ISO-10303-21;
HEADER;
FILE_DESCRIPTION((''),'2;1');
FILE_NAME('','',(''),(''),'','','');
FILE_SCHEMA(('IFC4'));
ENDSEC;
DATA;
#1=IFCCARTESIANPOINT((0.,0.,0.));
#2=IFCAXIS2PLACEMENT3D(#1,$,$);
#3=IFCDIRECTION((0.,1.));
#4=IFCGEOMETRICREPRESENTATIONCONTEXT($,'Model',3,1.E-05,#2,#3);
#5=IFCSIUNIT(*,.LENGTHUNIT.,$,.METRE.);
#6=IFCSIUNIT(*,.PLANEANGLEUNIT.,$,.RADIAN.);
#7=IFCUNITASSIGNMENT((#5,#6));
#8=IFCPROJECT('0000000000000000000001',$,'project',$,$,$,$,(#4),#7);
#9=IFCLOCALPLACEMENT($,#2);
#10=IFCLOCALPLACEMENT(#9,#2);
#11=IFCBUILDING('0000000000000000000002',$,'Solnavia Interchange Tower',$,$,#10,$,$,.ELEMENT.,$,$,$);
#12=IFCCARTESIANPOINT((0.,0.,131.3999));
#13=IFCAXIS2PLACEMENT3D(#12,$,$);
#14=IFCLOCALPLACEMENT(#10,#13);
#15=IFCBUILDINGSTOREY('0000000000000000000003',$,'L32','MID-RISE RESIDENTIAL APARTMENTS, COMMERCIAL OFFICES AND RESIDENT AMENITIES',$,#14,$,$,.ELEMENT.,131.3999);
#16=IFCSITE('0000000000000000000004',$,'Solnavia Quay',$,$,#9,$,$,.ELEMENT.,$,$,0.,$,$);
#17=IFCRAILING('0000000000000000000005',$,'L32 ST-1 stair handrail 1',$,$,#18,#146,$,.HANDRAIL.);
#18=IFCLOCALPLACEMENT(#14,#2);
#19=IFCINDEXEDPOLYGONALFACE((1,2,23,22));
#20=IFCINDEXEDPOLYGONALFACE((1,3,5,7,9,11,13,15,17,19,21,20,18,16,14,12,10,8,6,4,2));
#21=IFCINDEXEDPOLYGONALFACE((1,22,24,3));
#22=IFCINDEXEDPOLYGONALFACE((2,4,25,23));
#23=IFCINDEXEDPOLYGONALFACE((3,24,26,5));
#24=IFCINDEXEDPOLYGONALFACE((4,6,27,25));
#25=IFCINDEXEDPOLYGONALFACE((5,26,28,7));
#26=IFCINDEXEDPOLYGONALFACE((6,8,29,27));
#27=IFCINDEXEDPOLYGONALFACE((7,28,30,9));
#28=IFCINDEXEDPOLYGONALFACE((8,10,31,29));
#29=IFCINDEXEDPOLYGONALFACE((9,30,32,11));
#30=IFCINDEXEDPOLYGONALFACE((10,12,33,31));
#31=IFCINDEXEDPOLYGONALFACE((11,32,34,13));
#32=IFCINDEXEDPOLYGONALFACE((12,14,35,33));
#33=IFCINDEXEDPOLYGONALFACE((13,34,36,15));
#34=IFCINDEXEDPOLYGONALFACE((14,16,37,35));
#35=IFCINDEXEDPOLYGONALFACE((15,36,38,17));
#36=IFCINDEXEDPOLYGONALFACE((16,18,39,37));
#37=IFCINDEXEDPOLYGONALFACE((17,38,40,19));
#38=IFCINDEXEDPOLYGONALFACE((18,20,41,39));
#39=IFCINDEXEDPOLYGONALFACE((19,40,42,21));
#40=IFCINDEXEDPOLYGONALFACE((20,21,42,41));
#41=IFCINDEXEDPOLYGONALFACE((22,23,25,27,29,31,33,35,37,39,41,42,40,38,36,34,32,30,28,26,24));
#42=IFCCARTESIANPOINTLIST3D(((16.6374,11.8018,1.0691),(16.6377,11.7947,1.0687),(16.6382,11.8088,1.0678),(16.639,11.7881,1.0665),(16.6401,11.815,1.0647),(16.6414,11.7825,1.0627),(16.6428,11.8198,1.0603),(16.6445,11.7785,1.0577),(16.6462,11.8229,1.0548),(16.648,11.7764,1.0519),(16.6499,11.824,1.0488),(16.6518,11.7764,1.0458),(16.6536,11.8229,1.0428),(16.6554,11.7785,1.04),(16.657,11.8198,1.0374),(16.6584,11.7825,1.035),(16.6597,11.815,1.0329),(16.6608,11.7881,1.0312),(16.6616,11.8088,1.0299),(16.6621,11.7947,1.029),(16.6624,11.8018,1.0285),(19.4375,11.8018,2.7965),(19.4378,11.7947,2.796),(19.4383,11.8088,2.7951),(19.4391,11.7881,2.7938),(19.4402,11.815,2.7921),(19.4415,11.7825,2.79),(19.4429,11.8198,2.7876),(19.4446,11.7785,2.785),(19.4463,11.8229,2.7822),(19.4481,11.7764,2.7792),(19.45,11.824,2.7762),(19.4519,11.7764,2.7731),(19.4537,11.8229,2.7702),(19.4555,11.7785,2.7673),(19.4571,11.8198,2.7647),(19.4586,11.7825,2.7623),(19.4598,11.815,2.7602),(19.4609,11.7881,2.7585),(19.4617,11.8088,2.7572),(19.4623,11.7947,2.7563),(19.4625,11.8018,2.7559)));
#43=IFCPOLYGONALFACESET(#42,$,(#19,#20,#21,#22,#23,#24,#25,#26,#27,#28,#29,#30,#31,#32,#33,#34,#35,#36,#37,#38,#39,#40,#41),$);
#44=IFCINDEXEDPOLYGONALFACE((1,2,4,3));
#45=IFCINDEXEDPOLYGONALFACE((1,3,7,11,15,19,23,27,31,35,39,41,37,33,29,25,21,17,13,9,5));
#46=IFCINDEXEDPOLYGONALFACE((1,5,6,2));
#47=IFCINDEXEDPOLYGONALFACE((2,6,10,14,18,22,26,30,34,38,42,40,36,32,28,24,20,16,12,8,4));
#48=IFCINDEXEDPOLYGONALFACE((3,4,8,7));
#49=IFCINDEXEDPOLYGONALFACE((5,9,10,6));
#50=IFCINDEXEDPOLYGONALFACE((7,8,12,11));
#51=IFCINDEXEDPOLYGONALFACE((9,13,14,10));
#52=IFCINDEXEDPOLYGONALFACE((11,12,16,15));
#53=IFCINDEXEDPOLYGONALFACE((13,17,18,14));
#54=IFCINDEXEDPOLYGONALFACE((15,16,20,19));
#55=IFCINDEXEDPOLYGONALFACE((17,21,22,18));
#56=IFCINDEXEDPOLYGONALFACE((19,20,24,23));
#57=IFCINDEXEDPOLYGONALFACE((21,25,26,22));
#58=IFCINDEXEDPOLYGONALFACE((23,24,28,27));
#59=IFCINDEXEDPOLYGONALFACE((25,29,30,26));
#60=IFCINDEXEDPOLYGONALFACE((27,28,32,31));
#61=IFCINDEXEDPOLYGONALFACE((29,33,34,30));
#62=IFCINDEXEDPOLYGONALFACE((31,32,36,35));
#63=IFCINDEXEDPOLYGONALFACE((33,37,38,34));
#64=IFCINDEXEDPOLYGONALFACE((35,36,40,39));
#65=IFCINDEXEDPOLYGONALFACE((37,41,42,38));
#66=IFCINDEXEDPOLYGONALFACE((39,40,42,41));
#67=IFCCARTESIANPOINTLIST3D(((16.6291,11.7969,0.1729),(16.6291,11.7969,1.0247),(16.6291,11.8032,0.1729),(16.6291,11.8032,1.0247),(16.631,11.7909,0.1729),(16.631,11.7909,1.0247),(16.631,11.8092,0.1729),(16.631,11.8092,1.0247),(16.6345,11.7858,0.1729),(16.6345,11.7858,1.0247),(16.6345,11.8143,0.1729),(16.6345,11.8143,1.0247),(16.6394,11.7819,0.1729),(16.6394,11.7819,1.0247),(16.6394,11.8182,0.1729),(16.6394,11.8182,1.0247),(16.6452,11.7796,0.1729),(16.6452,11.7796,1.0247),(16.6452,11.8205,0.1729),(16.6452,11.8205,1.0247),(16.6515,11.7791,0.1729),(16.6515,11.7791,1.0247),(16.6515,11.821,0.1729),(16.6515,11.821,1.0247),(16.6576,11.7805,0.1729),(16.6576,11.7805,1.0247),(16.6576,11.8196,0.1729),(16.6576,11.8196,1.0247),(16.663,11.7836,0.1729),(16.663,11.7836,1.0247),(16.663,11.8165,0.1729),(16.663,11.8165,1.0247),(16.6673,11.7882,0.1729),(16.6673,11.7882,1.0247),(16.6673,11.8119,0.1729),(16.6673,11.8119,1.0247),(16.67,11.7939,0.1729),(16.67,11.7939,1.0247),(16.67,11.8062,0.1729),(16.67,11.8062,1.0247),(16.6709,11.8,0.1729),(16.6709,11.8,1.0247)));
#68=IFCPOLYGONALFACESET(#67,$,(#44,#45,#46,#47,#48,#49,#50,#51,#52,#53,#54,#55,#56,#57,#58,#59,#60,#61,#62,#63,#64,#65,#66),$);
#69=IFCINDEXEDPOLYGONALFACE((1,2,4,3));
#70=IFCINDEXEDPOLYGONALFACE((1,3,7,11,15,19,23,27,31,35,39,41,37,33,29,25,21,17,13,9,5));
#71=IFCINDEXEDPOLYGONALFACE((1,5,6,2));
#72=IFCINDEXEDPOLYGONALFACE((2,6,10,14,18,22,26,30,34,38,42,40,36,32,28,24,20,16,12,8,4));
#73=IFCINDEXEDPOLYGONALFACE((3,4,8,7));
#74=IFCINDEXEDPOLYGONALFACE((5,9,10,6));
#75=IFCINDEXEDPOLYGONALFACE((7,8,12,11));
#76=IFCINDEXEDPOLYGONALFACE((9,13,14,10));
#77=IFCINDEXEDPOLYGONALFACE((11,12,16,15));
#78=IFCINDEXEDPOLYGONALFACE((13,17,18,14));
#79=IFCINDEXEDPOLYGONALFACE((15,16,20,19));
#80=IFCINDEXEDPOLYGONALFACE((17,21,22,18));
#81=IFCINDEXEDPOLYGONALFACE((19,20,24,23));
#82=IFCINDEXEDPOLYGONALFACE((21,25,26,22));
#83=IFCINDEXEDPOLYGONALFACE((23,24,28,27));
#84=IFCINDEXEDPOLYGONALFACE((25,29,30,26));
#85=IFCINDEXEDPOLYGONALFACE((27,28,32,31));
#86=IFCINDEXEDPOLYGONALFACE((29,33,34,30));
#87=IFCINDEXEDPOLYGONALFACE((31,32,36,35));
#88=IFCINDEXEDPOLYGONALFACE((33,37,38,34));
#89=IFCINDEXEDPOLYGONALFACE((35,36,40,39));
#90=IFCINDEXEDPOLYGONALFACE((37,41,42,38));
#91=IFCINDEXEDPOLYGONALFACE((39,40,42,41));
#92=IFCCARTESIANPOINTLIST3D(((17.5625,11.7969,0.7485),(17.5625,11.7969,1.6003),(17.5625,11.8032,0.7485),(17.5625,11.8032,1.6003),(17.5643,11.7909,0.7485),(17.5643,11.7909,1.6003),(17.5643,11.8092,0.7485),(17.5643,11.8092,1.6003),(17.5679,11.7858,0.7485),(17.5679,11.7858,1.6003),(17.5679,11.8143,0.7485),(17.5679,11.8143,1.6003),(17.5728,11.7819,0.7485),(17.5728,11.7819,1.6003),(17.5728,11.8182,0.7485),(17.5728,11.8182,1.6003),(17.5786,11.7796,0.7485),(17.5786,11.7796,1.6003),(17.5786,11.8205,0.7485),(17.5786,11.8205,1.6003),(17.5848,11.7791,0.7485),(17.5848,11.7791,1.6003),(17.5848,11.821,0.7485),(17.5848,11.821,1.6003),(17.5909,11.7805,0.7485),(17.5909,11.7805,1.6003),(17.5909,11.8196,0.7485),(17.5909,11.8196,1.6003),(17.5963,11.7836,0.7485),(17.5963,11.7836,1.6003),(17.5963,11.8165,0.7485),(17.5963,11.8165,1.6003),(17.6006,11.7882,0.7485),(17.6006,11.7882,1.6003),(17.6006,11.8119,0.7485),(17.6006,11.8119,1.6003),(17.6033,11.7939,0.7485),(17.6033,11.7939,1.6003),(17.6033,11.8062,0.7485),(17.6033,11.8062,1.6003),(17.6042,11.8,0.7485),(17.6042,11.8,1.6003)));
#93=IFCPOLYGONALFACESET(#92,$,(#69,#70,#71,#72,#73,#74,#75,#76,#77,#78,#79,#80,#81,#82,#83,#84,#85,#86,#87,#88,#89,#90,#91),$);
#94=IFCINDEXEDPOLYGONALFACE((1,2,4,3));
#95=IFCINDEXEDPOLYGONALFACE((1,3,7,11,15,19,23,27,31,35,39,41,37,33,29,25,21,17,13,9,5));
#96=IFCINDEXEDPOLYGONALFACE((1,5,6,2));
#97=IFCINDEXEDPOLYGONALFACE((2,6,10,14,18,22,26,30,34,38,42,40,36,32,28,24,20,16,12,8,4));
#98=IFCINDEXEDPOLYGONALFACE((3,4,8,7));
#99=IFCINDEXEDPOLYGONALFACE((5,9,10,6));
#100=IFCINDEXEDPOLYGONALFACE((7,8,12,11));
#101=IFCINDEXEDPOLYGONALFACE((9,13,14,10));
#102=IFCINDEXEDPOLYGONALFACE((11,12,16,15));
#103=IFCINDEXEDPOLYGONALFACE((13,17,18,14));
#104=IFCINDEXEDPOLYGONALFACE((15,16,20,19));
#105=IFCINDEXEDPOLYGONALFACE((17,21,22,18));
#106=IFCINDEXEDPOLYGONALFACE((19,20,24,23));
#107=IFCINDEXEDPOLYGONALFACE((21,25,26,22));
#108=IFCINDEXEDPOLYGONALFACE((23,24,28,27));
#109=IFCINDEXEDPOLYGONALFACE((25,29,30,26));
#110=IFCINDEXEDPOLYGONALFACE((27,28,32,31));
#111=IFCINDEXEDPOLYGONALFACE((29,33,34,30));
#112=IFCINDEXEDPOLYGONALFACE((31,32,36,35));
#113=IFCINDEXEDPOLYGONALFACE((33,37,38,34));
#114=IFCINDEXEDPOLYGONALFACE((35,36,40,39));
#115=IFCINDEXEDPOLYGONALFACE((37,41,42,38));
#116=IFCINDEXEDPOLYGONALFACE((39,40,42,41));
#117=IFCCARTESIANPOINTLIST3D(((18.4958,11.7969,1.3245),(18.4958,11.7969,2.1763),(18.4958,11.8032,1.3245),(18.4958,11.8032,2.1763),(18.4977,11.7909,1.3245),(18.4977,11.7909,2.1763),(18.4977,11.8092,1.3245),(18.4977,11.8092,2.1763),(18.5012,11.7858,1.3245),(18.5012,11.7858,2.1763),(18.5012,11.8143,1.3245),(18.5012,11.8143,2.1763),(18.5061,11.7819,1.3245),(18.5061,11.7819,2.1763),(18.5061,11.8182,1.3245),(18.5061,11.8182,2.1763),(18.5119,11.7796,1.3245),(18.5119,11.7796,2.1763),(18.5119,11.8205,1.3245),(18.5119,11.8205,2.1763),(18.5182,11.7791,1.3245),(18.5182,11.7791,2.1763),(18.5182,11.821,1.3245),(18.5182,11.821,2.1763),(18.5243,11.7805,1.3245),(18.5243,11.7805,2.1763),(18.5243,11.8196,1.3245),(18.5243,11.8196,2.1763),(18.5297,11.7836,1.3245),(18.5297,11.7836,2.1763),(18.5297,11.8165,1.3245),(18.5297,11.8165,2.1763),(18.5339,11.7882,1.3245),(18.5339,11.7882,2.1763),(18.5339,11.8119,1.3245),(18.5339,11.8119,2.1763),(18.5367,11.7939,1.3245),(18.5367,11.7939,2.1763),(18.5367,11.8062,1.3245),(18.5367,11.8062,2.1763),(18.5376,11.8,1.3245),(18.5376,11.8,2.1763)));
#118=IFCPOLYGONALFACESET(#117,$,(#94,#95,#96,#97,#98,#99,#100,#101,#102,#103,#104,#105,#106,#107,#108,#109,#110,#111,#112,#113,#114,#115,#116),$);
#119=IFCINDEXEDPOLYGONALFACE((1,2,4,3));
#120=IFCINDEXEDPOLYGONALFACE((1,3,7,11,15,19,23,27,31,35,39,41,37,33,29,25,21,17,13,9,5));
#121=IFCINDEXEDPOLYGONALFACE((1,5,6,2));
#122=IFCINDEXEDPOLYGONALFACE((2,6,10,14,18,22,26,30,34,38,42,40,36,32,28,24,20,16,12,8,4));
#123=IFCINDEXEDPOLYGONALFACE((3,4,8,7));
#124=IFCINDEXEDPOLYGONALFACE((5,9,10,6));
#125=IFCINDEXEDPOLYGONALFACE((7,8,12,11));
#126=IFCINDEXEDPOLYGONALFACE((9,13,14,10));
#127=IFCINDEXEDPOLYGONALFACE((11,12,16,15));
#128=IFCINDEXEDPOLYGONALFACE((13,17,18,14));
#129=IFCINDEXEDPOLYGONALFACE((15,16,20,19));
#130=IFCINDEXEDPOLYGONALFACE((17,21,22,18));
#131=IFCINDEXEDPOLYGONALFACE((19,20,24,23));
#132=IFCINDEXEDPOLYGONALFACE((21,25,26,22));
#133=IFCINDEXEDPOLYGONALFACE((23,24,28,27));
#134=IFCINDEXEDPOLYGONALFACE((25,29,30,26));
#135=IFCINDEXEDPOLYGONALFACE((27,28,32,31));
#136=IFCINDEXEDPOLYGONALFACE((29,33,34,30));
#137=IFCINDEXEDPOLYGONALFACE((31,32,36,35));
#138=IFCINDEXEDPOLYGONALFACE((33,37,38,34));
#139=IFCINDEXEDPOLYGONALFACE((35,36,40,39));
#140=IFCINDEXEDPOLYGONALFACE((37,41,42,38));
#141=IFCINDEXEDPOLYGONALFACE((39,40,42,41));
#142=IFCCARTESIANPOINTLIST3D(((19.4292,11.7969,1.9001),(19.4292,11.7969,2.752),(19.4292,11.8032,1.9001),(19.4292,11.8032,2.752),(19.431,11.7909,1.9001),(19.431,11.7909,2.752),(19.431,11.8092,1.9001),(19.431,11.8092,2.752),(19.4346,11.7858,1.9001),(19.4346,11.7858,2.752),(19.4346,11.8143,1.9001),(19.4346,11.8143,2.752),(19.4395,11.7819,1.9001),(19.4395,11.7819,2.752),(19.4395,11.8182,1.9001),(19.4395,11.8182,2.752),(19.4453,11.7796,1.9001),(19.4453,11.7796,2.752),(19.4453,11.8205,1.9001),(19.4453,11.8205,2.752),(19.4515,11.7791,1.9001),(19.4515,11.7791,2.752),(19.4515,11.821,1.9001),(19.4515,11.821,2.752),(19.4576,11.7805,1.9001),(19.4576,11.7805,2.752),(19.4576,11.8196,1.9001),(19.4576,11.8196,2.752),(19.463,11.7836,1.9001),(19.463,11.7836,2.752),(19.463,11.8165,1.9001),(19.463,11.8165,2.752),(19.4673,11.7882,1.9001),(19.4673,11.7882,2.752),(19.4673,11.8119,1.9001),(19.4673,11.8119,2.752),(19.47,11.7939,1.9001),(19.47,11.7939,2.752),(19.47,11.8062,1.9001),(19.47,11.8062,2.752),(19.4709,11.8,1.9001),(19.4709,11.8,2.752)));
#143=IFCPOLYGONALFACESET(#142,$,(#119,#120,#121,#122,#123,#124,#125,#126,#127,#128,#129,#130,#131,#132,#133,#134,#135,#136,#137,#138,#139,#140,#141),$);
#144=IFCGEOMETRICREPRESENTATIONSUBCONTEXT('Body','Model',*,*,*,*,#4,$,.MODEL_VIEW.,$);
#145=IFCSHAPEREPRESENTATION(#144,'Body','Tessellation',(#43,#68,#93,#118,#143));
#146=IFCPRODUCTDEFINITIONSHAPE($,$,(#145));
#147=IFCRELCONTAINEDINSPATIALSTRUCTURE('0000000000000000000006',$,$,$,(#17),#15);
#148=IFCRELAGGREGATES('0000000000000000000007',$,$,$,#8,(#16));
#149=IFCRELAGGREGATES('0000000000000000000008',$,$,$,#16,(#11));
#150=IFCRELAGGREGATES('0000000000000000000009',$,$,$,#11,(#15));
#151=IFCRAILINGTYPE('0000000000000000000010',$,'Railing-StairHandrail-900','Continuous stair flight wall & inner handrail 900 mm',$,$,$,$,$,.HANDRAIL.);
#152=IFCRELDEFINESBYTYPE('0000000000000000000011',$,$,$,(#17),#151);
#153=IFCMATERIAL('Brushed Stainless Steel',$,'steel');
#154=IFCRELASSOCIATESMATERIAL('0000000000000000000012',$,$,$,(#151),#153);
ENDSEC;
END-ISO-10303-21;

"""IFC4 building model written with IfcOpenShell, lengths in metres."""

from ifc_helpers import new_model, si_unit, direction, frame, origin, origin_2d, place, context, subcontext, project, spatial, circle, extrude, material, type_object, element, save


model = new_model("IFC4")

# Units and contexts
model_context = context("Model", 3, precision=1e-05, world=origin(), true_north=direction((0.0, 1.0)))
body_context = subcontext(model_context, "Body", "Model", "MODEL_VIEW")
ifc_project = project(units=[si_unit("LENGTHUNIT", "METRE"), si_unit("PLANEANGLEUNIT", "RADIAN")], contexts=[model_context])

# Site, building, storey
site_placement = place(None, origin())
site = spatial("IfcSite", under=ifc_project, at=site_placement, Name="Solnavia Quay", CompositionType="ELEMENT", RefElevation=0.0)
building_placement = place(site_placement, origin())
building = spatial("IfcBuilding", under=site, at=building_placement, Name="Solnavia Interchange Tower", CompositionType="ELEMENT")
storey_placement = place(building_placement, frame((0.0, 0.0, 131.3999)))
storey = spatial("IfcBuildingStorey", under=building, at=storey_placement, Name="L32", Description="MID-RISE RESIDENTIAL APARTMENTS, COMMERCIAL OFFICES AND RESIDENT AMENITIES", CompositionType="ELEMENT", Elevation=131.3999)

# Railing
ifc_material_1 = material(Name="Brushed Stainless Steel", Category="steel")
railing_type_1 = type_object("IfcRailingType", Name="Railing-StairHandrail-900", Description="Continuous stair flight wall & inner handrail 900 mm", PredefinedType="HANDRAIL", material=ifc_material_1)
railing_1_placement = place(storey_placement, frame((16.6499, 11.8, 0.1729)))
element("IfcRailing", 1, at=railing_1_placement, inside=storey, type_object=railing_type_1, Name="L32 ST-1 stair handrail 1", PredefinedType="HANDRAIL", context=body_context, shape_type="SweptSolid", body=[
    extrude(circle(Radius=0.0239, at=origin_2d()), frame((0.0, 0.0, 0.876), z_axis=(0.85109, 0.0, 0.52502), x_axis=(0.0, 1.0, 0.0)), (0.0, 0.0, 1.0), 3.29),
    extrude(circle(Radius=0.021, at=origin_2d()), origin(), (0.0, 0.0, 1.0), 0.8518),
    extrude(circle(Radius=0.021, at=origin_2d()), frame((0.9333, 0.0, 0.5757)), (0.0, 0.0, 1.0), 0.8518),
    extrude(circle(Radius=0.021, at=origin_2d()), frame((1.8667, 0.0, 1.1516)), (0.0, 0.0, 1.0), 0.8518),
    extrude(circle(Radius=0.021, at=origin_2d()), frame((2.8, 0.0, 1.7273)), (0.0, 0.0, 1.0), 0.8518),
])

save(model, "model.ifc")
